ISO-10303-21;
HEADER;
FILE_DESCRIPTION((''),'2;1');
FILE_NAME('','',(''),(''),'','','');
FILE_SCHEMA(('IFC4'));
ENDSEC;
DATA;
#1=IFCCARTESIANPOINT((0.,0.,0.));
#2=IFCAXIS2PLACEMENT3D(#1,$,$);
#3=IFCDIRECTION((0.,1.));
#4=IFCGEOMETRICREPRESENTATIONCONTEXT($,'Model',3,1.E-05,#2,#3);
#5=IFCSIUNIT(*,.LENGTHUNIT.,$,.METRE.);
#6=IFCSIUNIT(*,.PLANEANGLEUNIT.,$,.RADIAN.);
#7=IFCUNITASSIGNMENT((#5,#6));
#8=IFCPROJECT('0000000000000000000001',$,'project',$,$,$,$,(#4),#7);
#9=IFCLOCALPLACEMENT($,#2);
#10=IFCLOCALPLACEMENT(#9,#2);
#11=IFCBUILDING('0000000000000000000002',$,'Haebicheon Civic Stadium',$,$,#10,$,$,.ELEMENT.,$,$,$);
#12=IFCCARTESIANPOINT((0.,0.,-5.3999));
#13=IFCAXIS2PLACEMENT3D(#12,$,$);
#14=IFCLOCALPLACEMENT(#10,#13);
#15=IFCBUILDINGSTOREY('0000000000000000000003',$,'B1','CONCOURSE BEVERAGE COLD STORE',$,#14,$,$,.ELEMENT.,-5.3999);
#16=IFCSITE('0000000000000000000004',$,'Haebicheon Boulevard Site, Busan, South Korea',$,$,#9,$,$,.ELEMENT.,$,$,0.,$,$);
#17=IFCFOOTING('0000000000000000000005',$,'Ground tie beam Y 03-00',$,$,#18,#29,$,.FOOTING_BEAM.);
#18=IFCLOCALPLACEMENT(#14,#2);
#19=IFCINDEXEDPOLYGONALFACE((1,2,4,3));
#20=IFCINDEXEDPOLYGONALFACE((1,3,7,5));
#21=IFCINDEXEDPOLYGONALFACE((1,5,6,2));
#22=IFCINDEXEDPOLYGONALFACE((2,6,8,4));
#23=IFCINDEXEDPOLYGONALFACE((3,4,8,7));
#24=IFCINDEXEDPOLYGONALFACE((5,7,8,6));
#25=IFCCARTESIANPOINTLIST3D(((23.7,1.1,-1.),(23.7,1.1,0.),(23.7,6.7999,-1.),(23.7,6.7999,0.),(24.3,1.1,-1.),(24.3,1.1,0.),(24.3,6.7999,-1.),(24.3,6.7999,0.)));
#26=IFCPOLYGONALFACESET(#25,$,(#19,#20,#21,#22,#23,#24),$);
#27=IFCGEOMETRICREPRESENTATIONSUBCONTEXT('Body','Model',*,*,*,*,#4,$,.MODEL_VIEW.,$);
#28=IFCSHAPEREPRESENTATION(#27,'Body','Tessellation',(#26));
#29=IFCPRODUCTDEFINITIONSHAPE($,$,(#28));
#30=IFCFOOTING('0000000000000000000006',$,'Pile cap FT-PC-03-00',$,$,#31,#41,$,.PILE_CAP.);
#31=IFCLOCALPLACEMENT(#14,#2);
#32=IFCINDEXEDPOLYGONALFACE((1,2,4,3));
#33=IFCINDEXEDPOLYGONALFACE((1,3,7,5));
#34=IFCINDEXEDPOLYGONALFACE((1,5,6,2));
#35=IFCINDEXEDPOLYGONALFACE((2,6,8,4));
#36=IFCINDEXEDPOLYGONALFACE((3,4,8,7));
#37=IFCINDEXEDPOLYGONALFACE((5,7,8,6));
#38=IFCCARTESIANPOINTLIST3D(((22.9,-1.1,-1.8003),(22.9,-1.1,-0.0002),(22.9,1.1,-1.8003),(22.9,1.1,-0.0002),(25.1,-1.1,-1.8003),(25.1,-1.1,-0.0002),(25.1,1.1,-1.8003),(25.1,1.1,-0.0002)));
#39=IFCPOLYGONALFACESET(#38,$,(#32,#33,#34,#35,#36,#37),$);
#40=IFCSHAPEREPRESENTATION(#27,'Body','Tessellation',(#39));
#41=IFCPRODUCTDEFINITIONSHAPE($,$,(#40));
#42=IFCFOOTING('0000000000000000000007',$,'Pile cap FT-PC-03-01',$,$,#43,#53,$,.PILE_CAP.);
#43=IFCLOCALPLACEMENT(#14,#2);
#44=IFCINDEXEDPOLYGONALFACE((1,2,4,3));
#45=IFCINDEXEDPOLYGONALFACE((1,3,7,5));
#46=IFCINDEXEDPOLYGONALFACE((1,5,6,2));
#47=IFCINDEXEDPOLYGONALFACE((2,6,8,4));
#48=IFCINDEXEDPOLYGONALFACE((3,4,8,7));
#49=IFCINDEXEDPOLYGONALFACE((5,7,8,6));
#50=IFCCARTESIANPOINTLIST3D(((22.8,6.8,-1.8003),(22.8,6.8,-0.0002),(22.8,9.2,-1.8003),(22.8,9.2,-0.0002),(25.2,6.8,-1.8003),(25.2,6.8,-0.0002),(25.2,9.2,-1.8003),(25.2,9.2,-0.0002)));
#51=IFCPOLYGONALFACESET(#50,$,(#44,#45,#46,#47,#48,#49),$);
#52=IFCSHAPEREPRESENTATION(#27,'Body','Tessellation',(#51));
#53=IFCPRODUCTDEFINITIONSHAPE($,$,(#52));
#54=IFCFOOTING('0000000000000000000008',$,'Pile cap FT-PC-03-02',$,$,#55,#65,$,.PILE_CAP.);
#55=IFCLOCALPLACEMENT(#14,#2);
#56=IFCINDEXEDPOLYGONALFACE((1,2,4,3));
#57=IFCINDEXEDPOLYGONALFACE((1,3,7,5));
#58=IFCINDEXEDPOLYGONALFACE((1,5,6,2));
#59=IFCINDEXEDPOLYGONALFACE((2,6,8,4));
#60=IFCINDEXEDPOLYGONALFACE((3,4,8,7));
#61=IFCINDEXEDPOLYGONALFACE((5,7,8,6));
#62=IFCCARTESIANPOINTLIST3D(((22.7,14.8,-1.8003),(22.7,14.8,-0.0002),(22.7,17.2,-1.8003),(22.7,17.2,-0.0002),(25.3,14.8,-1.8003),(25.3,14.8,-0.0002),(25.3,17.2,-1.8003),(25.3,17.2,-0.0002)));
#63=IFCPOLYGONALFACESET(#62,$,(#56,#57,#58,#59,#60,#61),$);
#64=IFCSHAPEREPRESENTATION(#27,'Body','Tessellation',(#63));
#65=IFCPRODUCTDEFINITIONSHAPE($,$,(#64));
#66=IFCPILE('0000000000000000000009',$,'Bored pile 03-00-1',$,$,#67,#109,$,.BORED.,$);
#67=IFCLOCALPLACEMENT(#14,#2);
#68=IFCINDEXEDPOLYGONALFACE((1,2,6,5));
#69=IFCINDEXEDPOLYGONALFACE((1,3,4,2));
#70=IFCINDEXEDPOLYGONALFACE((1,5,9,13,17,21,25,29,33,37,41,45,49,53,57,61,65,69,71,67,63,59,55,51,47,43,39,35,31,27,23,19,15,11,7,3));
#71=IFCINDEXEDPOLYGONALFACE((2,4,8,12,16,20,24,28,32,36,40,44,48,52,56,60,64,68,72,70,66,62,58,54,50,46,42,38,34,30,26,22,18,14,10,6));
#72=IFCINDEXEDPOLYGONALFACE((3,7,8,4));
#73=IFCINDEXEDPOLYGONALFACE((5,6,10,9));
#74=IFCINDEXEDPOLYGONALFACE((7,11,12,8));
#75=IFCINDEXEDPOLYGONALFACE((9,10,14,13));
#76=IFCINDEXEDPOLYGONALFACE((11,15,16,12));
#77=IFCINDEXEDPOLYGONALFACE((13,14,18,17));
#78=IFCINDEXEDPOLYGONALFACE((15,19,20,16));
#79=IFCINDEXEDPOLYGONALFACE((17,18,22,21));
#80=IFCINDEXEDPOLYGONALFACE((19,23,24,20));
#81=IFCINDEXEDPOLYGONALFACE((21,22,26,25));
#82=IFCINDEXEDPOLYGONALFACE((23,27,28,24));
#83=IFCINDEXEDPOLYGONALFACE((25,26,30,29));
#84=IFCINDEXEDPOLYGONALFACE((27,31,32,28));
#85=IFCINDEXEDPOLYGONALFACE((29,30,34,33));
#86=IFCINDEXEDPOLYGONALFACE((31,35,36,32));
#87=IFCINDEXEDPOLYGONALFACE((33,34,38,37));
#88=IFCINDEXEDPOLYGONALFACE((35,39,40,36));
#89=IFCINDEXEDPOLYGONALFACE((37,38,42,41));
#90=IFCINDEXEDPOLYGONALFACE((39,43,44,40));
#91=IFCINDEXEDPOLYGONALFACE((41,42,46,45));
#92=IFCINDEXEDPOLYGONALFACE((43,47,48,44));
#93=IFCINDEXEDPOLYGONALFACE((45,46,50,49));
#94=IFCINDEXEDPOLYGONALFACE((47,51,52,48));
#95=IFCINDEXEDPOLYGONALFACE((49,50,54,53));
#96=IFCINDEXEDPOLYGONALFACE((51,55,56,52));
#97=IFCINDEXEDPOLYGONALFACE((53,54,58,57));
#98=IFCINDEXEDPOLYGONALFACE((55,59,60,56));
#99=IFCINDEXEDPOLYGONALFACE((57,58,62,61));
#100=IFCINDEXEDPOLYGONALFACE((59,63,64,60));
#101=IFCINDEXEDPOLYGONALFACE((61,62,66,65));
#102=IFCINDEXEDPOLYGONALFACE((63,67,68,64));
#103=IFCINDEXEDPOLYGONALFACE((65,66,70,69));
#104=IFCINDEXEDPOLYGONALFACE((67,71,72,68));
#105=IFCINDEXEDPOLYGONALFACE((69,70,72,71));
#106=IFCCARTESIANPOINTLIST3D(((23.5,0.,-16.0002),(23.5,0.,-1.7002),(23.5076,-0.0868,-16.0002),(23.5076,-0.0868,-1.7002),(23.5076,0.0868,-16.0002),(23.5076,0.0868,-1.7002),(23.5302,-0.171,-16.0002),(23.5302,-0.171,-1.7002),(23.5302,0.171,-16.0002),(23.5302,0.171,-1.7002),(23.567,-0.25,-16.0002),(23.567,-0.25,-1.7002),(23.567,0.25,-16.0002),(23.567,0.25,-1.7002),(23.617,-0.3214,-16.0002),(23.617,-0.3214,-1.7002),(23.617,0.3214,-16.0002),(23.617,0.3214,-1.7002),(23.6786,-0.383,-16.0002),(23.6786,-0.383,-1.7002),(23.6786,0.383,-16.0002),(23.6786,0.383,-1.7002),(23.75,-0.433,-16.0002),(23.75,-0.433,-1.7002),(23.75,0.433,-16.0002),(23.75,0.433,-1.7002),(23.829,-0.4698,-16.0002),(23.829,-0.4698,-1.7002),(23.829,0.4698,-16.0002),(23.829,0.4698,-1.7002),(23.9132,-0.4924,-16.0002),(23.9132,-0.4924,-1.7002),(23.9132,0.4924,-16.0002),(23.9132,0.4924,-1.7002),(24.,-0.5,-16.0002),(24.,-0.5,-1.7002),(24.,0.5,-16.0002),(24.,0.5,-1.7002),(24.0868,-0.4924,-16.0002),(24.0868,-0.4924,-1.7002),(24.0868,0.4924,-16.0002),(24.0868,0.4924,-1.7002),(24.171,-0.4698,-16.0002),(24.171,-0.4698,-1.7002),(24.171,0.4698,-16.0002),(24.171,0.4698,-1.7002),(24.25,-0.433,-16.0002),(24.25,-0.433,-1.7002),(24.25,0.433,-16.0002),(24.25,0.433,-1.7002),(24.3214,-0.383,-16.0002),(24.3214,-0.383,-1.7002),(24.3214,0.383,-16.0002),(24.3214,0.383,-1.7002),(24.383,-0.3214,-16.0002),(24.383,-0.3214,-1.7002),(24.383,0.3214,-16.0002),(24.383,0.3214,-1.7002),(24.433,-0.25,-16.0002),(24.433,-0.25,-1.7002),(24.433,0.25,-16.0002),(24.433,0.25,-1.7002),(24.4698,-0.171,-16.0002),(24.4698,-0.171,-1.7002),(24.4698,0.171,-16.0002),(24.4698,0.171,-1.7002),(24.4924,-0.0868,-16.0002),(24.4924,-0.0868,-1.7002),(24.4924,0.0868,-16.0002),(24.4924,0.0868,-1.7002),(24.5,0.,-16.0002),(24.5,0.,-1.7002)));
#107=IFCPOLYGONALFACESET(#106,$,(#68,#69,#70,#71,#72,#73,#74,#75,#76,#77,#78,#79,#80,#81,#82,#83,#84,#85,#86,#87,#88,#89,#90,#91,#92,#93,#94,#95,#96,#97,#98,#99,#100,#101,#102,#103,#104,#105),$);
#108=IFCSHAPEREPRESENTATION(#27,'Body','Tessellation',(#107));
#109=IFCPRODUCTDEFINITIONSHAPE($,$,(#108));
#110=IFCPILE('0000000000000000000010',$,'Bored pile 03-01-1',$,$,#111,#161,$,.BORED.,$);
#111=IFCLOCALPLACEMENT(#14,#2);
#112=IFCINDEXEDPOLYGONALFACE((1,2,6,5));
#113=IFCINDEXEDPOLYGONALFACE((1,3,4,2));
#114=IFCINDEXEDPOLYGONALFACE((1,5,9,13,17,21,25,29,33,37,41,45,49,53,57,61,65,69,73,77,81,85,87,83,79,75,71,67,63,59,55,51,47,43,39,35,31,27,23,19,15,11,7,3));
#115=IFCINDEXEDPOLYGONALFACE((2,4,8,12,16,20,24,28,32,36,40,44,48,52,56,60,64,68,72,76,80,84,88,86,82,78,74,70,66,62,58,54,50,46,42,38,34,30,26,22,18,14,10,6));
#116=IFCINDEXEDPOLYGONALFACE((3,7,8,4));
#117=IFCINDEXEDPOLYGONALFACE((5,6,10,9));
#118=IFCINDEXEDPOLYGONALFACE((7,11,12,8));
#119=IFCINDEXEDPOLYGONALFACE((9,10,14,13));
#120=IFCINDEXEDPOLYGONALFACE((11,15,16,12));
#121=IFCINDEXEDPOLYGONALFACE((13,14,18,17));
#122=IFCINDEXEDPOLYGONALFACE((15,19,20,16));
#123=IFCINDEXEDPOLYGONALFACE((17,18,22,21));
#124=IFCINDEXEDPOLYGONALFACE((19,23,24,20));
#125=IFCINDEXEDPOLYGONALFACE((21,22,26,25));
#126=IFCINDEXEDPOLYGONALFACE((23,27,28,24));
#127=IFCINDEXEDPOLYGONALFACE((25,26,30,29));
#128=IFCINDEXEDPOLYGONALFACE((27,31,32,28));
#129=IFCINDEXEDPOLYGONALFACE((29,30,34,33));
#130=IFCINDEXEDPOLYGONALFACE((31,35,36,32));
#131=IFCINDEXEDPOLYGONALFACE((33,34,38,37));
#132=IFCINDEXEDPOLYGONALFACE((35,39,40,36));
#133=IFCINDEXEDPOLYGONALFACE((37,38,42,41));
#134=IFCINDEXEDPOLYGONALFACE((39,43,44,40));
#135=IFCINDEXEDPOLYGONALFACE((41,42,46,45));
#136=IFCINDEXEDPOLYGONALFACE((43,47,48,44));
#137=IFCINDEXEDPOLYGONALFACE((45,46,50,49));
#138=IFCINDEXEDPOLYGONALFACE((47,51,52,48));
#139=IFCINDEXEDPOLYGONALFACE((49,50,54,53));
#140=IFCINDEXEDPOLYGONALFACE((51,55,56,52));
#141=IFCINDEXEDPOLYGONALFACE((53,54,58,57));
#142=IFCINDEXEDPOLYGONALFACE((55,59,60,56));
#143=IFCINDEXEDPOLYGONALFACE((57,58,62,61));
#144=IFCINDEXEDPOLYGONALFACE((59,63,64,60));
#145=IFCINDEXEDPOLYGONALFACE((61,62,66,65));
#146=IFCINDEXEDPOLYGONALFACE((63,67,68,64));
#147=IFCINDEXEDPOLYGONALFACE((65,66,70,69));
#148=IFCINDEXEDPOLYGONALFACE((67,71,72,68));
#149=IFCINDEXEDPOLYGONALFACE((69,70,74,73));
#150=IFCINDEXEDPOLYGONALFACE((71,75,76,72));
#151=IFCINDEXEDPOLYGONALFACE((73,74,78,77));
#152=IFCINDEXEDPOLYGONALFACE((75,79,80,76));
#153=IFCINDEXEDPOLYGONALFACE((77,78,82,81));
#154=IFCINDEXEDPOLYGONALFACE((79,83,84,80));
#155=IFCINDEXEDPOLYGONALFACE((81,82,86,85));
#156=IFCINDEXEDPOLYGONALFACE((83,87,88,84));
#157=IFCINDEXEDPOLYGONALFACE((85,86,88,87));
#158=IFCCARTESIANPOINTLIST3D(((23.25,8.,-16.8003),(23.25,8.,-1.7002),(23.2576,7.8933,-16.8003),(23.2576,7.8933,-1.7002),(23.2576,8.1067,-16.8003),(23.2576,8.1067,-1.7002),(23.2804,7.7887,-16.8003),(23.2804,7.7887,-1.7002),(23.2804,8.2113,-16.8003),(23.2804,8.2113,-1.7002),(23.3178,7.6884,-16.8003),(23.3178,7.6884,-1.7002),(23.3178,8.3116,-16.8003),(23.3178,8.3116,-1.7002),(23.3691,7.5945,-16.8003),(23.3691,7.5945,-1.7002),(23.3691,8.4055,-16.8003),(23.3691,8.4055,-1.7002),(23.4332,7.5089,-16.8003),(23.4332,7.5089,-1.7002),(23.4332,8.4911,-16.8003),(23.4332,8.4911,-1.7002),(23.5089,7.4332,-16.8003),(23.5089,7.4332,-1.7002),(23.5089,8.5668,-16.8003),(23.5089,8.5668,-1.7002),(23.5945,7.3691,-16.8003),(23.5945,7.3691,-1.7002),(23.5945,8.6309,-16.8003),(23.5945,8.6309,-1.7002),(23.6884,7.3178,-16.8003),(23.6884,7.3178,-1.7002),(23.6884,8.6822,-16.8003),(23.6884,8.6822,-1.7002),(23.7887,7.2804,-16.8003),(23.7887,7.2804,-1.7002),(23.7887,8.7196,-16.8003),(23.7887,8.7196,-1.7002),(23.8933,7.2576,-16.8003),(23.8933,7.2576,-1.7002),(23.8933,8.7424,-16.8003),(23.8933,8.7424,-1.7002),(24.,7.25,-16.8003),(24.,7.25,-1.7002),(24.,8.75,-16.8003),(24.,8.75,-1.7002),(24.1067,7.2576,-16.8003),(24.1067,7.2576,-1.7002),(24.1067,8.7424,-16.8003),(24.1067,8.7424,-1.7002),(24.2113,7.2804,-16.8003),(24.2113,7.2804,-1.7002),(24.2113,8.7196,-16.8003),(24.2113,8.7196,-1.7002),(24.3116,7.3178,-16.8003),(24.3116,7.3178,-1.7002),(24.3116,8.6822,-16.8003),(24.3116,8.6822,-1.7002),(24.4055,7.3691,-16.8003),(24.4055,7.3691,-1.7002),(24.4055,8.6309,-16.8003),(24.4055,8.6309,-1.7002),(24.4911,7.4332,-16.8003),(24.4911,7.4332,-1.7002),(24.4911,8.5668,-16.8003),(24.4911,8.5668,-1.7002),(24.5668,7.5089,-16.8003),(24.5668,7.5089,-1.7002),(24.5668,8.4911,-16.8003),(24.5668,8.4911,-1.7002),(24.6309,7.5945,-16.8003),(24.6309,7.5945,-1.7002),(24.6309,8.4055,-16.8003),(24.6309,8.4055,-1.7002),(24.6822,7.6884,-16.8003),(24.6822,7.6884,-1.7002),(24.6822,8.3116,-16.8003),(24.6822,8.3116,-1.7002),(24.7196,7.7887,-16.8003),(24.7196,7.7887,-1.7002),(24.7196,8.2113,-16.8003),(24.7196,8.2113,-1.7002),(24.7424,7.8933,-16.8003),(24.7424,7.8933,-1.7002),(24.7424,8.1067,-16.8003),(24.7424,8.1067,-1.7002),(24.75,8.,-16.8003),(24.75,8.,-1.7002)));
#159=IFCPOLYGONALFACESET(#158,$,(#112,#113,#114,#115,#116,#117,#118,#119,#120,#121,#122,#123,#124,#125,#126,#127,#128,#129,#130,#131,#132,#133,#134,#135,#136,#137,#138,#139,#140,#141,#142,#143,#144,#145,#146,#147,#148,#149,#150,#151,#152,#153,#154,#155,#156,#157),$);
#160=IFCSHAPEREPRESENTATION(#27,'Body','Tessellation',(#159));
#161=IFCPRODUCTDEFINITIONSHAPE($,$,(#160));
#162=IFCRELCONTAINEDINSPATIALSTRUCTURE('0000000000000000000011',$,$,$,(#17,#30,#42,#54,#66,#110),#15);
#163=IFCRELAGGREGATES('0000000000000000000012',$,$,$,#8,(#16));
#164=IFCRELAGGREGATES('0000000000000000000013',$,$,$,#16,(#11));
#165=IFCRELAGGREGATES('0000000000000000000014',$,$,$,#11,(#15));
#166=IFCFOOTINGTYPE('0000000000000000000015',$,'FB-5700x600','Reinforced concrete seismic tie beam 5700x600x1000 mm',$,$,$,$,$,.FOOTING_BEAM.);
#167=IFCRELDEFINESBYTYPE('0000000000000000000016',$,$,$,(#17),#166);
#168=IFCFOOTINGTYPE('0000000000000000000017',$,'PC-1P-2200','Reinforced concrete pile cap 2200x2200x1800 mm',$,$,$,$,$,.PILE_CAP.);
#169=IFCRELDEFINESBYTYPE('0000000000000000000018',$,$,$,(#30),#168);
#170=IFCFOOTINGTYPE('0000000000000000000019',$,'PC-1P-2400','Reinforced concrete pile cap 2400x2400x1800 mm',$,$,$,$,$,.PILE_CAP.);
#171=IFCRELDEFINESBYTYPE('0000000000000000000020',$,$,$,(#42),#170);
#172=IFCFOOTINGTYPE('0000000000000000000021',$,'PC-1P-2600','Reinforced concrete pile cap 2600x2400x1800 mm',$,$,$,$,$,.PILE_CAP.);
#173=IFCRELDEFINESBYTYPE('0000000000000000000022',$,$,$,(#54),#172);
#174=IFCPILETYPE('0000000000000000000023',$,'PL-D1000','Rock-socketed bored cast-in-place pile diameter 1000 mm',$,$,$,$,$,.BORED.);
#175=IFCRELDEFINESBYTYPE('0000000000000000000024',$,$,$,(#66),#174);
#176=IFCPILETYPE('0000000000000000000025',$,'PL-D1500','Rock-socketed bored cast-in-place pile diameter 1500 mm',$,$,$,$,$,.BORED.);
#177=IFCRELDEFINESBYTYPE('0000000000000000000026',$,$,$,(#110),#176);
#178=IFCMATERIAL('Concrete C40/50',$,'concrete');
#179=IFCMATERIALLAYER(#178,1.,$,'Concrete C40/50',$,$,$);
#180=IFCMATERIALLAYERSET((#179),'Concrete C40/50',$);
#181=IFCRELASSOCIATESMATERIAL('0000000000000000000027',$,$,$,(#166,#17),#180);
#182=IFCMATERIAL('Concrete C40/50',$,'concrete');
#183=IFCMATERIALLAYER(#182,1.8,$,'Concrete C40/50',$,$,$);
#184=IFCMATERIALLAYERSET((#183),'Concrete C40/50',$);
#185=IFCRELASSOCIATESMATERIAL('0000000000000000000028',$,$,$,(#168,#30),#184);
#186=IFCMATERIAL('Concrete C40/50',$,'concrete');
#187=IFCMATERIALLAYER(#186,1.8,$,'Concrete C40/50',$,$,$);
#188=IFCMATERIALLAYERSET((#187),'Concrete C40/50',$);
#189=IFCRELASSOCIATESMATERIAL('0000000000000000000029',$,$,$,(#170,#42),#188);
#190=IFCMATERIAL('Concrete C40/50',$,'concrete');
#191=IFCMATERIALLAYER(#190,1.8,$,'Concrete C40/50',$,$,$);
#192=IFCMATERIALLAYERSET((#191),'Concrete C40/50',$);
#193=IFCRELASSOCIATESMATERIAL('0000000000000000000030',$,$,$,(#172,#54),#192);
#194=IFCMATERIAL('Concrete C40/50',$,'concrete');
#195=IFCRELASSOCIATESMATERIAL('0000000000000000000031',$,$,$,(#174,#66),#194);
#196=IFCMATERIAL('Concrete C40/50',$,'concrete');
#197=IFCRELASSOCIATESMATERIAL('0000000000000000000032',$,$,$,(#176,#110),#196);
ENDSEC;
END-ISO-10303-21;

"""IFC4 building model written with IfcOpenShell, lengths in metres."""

from ifc_helpers import new_model, si_unit, direction, frame, origin, origin_2d, place, context, subcontext, project, spatial, rectangle, circle, extrude, material, layer, layer_set, material_profile, profile_set, type_object, element, save


model = new_model("IFC4")

# Units and contexts
model_context = context("Model", 3, precision=1e-05, world=origin(), true_north=direction((0.0, 1.0)))
body_context = subcontext(model_context, "Body", "Model", "MODEL_VIEW")
ifc_project = project(units=[si_unit("LENGTHUNIT", "METRE"), si_unit("PLANEANGLEUNIT", "RADIAN")], contexts=[model_context])

# Site, building, storey
site_placement = place(None, origin())
site = spatial("IfcSite", under=ifc_project, at=site_placement, Name="Haebicheon Boulevard Site, Busan, South Korea", CompositionType="ELEMENT", RefElevation=0.0)
building_placement = place(site_placement, origin())
building = spatial("IfcBuilding", under=site, at=building_placement, Name="Haebicheon Civic Stadium", CompositionType="ELEMENT")
storey_placement = place(building_placement, frame((0.0, 0.0, -5.3999)))
storey = spatial("IfcBuildingStorey", under=building, at=storey_placement, Name="B1", Description="CONCOURSE BEVERAGE COLD STORE", CompositionType="ELEMENT", Elevation=-5.3999)

# Footings
ifc_material_1 = material(Name="Concrete C40/50", Category="concrete")
ifc_layer_1 = layer(ifc_material_1, 1.0, Name="Concrete C40/50")
ifc_layer_set_1 = layer_set([ifc_layer_1], Name="Concrete C40/50")
footing_type_1 = type_object("IfcFootingType", Name="FB-5700x600", Description="Reinforced concrete seismic tie beam 5700x600x1000 mm", PredefinedType="FOOTING_BEAM", material=ifc_layer_set_1)
footing_1_placement = place(storey_placement, frame((24.0, 3.95, -1.0), z_axis=(0.0, 0.0, 1.0), x_axis=(0.0, 1.0, 0.0)))
element("IfcFooting", 1, at=footing_1_placement, inside=storey, type_object=footing_type_1, material=ifc_layer_set_1, Name="Ground tie beam Y 03-00", PredefinedType="FOOTING_BEAM", context=body_context, shape_type="SweptSolid", body=[
    extrude(rectangle(XDim=5.7, YDim=0.6001, at=origin_2d()), origin(), (0.0, 0.0, 1.0), 1.0),
])
ifc_material_2 = material(Name="Concrete C40/50", Category="concrete")
ifc_layer_2 = layer(ifc_material_2, 1.8, Name="Concrete C40/50")
ifc_layer_set_2 = layer_set([ifc_layer_2], Name="Concrete C40/50")
footing_type_2 = type_object("IfcFootingType", Name="PC-1P-2200", Description="Reinforced concrete pile cap 2200x2200x1800 mm", PredefinedType="PILE_CAP", material=ifc_layer_set_2)
footing_2_placement = place(storey_placement, frame((24.0, 0.0, -1.8003), z_axis=(0.0, 0.0, 1.0), x_axis=(1.0, 0.0, 0.0)))
element("IfcFooting", 2, at=footing_2_placement, inside=storey, type_object=footing_type_2, material=ifc_layer_set_2, Name="Pile cap FT-PC-03-00", PredefinedType="PILE_CAP", context=body_context, shape_type="SweptSolid", body=[
    extrude(rectangle(XDim=2.2, YDim=2.2, at=origin_2d()), origin(), (0.0, 0.0, 1.0), 1.8),
])
ifc_material_3 = material(Name="Concrete C40/50", Category="concrete")
ifc_layer_3 = layer(ifc_material_3, 1.8, Name="Concrete C40/50")
ifc_layer_set_3 = layer_set([ifc_layer_3], Name="Concrete C40/50")
footing_type_3 = type_object("IfcFootingType", Name="PC-1P-2400", Description="Reinforced concrete pile cap 2400x2400x1800 mm", PredefinedType="PILE_CAP", material=ifc_layer_set_3)
footing_3_placement = place(storey_placement, frame((24.0, 8.0, -1.8003), z_axis=(0.0, 0.0, 1.0), x_axis=(1.0, 0.0, 0.0)))
element("IfcFooting", 3, at=footing_3_placement, inside=storey, type_object=footing_type_3, material=ifc_layer_set_3, Name="Pile cap FT-PC-03-01", PredefinedType="PILE_CAP", context=body_context, shape_type="SweptSolid", body=[
    extrude(rectangle(XDim=2.3999, YDim=2.3999, at=origin_2d()), origin(), (0.0, 0.0, 1.0), 1.8),
])
ifc_material_4 = material(Name="Concrete C40/50", Category="concrete")
ifc_layer_4 = layer(ifc_material_4, 1.8, Name="Concrete C40/50")
ifc_layer_set_4 = layer_set([ifc_layer_4], Name="Concrete C40/50")
footing_type_4 = type_object("IfcFootingType", Name="PC-1P-2600", Description="Reinforced concrete pile cap 2600x2400x1800 mm", PredefinedType="PILE_CAP", material=ifc_layer_set_4)
footing_4_placement = place(storey_placement, frame((24.0, 16.0, -1.8003), z_axis=(0.0, 0.0, 1.0), x_axis=(1.0, 0.0, 0.0)))
element("IfcFooting", 4, at=footing_4_placement, inside=storey, type_object=footing_type_4, material=ifc_layer_set_4, Name="Pile cap FT-PC-03-02", PredefinedType="PILE_CAP", context=body_context, shape_type="SweptSolid", body=[
    extrude(rectangle(XDim=2.6001, YDim=2.3999, at=origin_2d()), origin(), (0.0, 0.0, 1.0), 1.8),
])

# Piles
ifc_material_5 = material(Name="Concrete C40/50", Category="concrete")
ifc_material_profile_1 = material_profile(ifc_material_5, circle(Radius=0.5, at=origin_2d()), Name="PILE-D1000")
ifc_profile_set_1 = profile_set([ifc_material_profile_1], Name="Concrete C40/50")
pile_type_1 = type_object("IfcPileType", Name="PL-D1000", Description="Rock-socketed bored cast-in-place pile diameter 1000 mm", PredefinedType="BORED", material=ifc_profile_set_1)
pile_1_placement = place(storey_placement, frame((24.0, 0.0, -1.7002), z_axis=(0.0, 0.0, -1.0), x_axis=(1.0, 0.0, 0.0)))
element("IfcPile", 5, at=pile_1_placement, inside=storey, type_object=pile_type_1, material=ifc_profile_set_1, Name="Bored pile 03-00-1", PredefinedType="BORED", context=body_context, shape_type="SweptSolid", body=[
    extrude(circle(Radius=0.5, at=origin_2d()), origin(), (0.0, 0.0, 1.0), 14.3),
])
ifc_material_6 = material(Name="Concrete C40/50", Category="concrete")
ifc_material_profile_2 = material_profile(ifc_material_6, circle(Radius=0.75, at=origin_2d()), Name="PILE-D1500")
ifc_profile_set_2 = profile_set([ifc_material_profile_2], Name="Concrete C40/50")
pile_type_2 = type_object("IfcPileType", Name="PL-D1500", Description="Rock-socketed bored cast-in-place pile diameter 1500 mm", PredefinedType="BORED", material=ifc_profile_set_2)
pile_2_placement = place(storey_placement, frame((24.0, 8.0, -1.7002), z_axis=(0.0, 0.0, -1.0), x_axis=(1.0, 0.0, 0.0)))
element("IfcPile", 6, at=pile_2_placement, inside=storey, type_object=pile_type_2, material=ifc_profile_set_2, Name="Bored pile 03-01-1", PredefinedType="BORED", context=body_context, shape_type="SweptSolid", body=[
    extrude(circle(Radius=0.75, at=origin_2d()), origin(), (0.0, 0.0, 1.0), 15.1001),
])

save(model, "model.ifc")
